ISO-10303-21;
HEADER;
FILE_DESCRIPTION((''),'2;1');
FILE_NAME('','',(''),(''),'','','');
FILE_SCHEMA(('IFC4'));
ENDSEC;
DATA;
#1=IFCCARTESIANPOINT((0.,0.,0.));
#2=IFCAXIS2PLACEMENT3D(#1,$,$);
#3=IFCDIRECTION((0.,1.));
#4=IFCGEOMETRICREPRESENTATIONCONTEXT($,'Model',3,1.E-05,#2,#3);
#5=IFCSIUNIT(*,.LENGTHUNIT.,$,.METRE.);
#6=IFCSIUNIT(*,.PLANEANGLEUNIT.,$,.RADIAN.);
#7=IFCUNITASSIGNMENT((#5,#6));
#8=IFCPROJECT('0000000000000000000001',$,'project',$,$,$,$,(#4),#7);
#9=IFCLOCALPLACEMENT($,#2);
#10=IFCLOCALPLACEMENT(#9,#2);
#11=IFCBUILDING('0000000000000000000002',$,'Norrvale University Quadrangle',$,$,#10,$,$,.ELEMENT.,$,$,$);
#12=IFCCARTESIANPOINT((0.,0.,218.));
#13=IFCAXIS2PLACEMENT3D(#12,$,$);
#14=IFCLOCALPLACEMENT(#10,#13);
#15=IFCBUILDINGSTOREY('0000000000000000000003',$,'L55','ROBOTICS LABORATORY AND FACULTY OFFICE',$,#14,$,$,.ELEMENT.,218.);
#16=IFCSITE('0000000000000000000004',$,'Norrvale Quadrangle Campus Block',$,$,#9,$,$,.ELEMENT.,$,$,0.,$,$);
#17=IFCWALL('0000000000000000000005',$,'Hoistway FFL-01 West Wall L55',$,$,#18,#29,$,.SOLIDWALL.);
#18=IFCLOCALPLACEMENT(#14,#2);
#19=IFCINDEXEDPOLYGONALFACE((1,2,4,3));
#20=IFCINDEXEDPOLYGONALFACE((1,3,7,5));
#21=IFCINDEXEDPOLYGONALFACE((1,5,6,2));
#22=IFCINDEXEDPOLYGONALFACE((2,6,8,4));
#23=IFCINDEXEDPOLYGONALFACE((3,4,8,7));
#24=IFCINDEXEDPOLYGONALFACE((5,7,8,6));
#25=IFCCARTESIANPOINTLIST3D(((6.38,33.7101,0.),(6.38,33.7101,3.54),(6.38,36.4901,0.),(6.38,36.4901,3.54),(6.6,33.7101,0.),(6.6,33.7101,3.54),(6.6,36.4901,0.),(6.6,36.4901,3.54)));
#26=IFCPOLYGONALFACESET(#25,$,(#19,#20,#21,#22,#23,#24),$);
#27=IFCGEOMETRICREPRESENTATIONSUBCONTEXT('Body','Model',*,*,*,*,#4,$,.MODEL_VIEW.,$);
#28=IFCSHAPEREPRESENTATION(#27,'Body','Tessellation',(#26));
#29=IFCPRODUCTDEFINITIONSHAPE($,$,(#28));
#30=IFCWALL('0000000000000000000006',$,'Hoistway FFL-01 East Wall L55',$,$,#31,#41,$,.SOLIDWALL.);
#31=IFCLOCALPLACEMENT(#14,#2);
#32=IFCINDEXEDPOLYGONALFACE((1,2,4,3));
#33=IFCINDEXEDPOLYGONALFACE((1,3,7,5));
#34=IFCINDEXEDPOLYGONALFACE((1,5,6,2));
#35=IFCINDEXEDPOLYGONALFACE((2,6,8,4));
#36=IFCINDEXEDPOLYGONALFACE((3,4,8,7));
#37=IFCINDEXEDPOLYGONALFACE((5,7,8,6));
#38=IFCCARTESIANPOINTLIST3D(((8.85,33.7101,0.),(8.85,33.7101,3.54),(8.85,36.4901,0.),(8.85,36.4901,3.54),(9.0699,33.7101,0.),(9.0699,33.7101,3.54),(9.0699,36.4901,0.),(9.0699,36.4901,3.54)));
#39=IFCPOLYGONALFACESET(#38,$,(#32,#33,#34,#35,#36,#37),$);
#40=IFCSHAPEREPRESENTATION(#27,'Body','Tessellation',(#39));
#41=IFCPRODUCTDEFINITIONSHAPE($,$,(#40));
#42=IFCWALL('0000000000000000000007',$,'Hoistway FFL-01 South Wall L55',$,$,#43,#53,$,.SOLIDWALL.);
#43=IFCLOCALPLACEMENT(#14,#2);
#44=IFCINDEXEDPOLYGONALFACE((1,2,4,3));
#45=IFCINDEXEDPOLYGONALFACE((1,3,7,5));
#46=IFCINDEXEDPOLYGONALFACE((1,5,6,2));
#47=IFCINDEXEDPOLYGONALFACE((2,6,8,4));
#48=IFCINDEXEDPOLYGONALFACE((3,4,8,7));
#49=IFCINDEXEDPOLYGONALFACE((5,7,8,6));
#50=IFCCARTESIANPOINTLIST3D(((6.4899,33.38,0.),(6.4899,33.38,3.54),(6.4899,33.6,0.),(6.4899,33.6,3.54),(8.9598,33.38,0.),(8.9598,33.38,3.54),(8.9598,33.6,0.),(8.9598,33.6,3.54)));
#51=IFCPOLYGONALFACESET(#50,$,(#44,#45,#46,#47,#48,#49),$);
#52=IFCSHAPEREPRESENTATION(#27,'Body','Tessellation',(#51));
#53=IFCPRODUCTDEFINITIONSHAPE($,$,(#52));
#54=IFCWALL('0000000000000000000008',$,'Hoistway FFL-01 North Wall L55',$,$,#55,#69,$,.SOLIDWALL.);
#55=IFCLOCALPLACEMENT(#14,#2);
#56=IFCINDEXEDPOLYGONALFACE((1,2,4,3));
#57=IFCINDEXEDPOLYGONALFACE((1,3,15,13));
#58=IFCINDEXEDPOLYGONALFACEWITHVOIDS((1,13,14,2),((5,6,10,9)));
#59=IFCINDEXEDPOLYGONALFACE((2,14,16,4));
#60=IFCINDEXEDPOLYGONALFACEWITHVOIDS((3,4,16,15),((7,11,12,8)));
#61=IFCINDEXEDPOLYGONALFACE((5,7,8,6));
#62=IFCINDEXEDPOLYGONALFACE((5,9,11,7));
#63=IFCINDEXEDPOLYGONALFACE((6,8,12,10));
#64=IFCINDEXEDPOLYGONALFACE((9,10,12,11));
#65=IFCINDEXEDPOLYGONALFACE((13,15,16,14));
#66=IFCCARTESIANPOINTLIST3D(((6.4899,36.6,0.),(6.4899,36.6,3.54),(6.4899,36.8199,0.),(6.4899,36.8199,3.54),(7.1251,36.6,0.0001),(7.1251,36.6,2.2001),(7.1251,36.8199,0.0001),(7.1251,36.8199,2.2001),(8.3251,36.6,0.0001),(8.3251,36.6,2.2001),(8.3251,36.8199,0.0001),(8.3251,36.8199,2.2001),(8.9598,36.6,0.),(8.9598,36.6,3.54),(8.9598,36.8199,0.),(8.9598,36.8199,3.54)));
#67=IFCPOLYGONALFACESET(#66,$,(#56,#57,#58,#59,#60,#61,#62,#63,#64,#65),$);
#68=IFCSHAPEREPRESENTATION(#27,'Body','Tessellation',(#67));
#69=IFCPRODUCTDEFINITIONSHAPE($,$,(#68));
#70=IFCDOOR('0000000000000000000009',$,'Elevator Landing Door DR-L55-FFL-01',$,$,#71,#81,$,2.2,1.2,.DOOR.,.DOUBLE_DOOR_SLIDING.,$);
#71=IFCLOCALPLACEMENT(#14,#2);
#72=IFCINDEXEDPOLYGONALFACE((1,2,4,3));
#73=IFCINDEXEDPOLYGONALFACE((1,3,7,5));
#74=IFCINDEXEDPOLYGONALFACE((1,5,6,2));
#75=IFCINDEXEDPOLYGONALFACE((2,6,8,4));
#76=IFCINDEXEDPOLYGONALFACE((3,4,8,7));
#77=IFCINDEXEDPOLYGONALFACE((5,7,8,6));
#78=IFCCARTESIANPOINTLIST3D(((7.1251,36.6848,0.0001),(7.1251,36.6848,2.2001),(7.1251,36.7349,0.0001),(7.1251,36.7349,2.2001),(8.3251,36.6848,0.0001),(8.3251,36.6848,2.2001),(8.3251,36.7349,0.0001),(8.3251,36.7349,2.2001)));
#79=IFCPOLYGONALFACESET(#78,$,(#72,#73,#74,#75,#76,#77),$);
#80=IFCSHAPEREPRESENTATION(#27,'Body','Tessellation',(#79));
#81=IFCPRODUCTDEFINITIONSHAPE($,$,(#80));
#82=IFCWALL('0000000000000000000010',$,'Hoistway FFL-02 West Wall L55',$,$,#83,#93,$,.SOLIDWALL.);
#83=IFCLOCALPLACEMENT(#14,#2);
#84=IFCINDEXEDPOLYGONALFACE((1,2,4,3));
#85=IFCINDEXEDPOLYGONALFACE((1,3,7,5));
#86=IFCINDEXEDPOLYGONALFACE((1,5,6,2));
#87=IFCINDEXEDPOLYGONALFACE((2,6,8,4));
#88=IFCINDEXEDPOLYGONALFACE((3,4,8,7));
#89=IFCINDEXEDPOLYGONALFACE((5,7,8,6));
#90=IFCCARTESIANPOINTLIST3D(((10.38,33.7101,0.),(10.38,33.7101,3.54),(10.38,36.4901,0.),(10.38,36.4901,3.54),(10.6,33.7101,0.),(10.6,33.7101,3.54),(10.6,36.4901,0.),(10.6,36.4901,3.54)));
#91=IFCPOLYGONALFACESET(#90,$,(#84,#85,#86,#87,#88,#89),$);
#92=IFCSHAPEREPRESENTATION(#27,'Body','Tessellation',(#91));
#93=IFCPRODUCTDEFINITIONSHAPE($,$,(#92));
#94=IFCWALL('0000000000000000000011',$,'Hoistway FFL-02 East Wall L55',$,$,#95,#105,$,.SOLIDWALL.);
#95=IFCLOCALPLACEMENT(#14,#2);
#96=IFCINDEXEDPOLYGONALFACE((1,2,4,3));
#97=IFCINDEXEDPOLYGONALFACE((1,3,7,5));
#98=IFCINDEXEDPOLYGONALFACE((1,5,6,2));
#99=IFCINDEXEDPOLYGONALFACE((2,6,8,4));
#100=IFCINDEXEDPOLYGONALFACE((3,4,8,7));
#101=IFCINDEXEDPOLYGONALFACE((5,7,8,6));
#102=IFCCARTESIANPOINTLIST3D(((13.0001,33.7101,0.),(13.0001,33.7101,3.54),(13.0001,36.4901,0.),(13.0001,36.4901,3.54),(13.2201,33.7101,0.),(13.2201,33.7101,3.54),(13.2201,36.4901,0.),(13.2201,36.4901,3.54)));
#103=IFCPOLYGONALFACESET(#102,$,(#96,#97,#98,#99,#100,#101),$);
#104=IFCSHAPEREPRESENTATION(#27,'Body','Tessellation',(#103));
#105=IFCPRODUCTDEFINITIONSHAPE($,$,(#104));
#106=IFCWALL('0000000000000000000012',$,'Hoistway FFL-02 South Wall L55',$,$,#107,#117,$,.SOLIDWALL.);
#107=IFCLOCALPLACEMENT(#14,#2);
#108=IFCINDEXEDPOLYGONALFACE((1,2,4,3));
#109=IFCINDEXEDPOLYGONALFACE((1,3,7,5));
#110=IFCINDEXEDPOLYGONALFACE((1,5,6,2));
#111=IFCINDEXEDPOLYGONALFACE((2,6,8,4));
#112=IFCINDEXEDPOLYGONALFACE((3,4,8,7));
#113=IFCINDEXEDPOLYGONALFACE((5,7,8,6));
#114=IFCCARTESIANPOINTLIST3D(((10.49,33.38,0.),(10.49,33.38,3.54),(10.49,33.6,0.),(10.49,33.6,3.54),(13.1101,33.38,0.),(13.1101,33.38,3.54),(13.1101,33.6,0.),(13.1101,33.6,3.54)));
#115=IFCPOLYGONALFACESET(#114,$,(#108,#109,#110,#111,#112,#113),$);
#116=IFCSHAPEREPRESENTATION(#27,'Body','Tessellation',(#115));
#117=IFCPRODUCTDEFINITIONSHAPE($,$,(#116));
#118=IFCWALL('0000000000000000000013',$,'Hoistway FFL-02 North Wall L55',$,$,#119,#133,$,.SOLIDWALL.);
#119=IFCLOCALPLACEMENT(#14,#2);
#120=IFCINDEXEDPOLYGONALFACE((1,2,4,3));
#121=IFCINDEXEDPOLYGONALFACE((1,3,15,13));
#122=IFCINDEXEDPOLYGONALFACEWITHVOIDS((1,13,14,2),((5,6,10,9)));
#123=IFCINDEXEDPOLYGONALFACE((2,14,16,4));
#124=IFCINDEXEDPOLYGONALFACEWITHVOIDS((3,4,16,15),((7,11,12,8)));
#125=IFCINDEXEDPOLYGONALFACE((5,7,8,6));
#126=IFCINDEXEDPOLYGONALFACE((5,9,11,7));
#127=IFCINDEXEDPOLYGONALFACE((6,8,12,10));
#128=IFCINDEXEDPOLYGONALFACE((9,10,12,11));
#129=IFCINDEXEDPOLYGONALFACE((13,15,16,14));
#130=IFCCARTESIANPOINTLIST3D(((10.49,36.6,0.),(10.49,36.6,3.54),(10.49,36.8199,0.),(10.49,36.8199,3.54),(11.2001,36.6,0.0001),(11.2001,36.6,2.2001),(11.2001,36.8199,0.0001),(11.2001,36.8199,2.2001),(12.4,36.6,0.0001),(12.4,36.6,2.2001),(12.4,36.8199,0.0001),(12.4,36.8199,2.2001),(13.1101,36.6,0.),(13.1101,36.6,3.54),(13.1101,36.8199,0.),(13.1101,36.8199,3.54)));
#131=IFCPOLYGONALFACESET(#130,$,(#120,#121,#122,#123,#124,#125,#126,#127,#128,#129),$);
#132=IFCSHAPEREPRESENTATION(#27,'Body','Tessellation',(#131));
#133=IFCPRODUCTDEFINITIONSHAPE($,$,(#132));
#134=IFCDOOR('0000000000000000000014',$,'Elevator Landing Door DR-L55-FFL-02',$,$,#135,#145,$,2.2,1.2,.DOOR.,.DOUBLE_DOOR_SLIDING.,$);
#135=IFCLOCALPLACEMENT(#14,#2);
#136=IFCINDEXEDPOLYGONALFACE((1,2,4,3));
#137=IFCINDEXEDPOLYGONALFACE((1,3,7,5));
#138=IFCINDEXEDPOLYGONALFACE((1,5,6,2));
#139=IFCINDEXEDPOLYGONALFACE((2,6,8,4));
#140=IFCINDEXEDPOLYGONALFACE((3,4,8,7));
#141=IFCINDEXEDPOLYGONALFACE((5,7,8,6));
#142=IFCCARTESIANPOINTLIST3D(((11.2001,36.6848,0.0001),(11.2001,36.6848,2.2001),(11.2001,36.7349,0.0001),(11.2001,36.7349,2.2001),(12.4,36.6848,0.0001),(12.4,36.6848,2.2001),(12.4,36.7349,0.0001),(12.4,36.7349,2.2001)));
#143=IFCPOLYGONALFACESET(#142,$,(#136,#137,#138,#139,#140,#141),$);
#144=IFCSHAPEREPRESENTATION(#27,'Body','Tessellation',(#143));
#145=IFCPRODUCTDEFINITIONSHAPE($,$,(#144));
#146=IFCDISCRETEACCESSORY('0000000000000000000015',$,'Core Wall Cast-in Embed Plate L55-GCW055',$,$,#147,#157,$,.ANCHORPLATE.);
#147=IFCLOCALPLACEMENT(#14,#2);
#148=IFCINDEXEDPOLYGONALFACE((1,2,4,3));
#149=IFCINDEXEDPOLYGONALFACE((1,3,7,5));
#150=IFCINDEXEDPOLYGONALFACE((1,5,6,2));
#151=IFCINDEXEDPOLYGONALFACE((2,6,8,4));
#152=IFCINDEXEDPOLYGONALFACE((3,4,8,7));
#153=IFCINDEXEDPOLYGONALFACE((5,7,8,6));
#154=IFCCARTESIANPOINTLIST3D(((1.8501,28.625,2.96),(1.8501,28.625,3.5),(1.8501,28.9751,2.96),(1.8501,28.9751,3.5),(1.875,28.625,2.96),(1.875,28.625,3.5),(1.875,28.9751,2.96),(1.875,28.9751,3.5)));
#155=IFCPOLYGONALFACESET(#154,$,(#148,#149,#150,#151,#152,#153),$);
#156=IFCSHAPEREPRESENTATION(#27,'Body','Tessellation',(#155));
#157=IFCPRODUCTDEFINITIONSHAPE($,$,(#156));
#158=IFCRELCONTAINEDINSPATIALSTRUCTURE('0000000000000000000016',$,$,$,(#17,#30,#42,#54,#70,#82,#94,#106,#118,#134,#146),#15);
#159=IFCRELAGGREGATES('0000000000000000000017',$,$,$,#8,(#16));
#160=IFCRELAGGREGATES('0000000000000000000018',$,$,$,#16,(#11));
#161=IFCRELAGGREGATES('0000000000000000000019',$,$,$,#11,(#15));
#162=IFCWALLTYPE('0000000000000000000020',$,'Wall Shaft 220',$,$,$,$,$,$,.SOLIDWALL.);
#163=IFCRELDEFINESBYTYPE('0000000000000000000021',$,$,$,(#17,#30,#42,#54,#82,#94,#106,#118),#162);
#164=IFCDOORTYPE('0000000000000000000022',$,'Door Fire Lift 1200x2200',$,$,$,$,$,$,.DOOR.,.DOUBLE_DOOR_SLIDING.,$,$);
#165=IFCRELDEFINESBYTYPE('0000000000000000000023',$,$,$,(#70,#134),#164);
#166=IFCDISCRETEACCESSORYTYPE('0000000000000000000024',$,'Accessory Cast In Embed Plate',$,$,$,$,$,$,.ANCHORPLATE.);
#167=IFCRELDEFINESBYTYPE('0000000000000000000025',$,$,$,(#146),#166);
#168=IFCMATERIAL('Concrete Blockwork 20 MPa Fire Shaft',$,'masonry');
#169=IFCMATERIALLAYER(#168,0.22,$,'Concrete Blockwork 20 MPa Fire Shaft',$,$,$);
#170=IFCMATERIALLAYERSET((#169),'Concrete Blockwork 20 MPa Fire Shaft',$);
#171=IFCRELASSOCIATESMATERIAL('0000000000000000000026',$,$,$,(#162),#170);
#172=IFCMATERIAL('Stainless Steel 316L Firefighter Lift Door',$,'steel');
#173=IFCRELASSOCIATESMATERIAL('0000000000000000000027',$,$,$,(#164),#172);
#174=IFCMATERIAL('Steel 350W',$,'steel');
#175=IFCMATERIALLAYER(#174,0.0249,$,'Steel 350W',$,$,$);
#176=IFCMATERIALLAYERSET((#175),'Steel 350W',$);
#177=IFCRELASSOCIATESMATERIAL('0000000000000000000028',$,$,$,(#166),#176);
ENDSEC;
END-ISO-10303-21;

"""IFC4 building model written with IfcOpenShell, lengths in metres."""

from ifc_helpers import new_model, si_unit, direction, frame, frame_2d, origin, origin_2d, place, context, subcontext, project, spatial, rectangle, extrude, material, layer, layer_set, type_object, element, fill, save


model = new_model("IFC4")

# Units and contexts
model_context = context("Model", 3, precision=1e-05, world=origin(), true_north=direction((0.0, 1.0)))
body_context = subcontext(model_context, "Body", "Model", "MODEL_VIEW")
ifc_project = project(units=[si_unit("LENGTHUNIT", "METRE"), si_unit("PLANEANGLEUNIT", "RADIAN")], contexts=[model_context])

# Site, building, storey
site_placement = place(None, origin())
site = spatial("IfcSite", under=ifc_project, at=site_placement, Name="Norrvale Quadrangle Campus Block", CompositionType="ELEMENT", RefElevation=0.0)
building_placement = place(site_placement, origin())
building = spatial("IfcBuilding", under=site, at=building_placement, Name="Norrvale University Quadrangle", CompositionType="ELEMENT")
storey_placement = place(building_placement, frame((0.0, 0.0, 218.0)))
storey = spatial("IfcBuildingStorey", under=building, at=storey_placement, Name="L55", Description="ROBOTICS LABORATORY AND FACULTY OFFICE", CompositionType="ELEMENT", Elevation=218.0)

# Shared definitions
ifc_material_1 = material(Name="Steel 350W", Category="steel")

# Walls
ifc_material_2 = material(Name="Concrete Blockwork 20 MPa Fire Shaft", Category="masonry")
ifc_layer_1 = layer(ifc_material_2, 0.22, Name="Concrete Blockwork 20 MPa Fire Shaft")
ifc_layer_set_1 = layer_set([ifc_layer_1], Name="Concrete Blockwork 20 MPa Fire Shaft")
wall_type_1 = type_object("IfcWallType", Name="Wall Shaft 220", PredefinedType="SOLIDWALL", material=ifc_layer_set_1)
for number, where, z_axis, x_axis, name in (
    (1, (6.49, 33.71, 0.0), (0.0, 0.0, 1.0), (0.0, 1.0, 0.0), "Hoistway FFL-01 West Wall L55"),
    (2, (8.96, 33.71, 0.0), (0.0, 0.0, 1.0), (0.0, 1.0, 0.0), "Hoistway FFL-01 East Wall L55"),
):
    element("IfcWall", number, at=place(storey_placement, frame(where, z_axis=z_axis, x_axis=x_axis)), inside=storey, type_object=wall_type_1, Name=name, PredefinedType="SOLIDWALL", context=body_context, shape_type="SweptSolid", body=[
        extrude(rectangle(XDim=2.78, YDim=0.22, at=frame_2d((1.3901, 0.0))), origin(), (0.0, 0.0, 1.0), 3.54),
    ])
wall_1_placement = place(storey_placement, frame((6.49, 33.49, 0.0), z_axis=(0.0, 0.0, 1.0), x_axis=(1.0, 0.0, 0.0)))
element("IfcWall", 3, at=wall_1_placement, inside=storey, type_object=wall_type_1, Name="Hoistway FFL-01 South Wall L55", PredefinedType="SOLIDWALL", context=body_context, shape_type="SweptSolid", body=[
    extrude(rectangle(XDim=2.47, YDim=0.22, at=frame_2d((1.2349, 0.0))), origin(), (0.0, 0.0, 1.0), 3.54),
])

# Wall, opening, door
wall_2_placement = place(storey_placement, frame((6.49, 36.71, 0.0), z_axis=(0.0, 0.0, 1.0), x_axis=(1.0, 0.0, 0.0)))
wall_2 = element("IfcWall", 4, at=wall_2_placement, inside=storey, type_object=wall_type_1, Name="Hoistway FFL-01 North Wall L55", PredefinedType="SOLIDWALL", context=body_context, shape_type="SweptSolid", body=[
    extrude(rectangle(XDim=2.47, YDim=0.22, at=frame_2d((1.2349, 0.0))), origin(), (0.0, 0.0, 1.0), 3.54),
])
opening_1_placement = place(wall_2_placement, frame((0.635, 0.0, 0.0)))
opening_1 = element("IfcOpeningElement", 5, at=opening_1_placement, cuts=wall_2, PredefinedType="OPENING", context=body_context, shape_type="SweptSolid", body=[
    extrude(rectangle(XDim=1.2, YDim=2.2, at=frame_2d((0.6001, 1.1001))), frame((0.0, 0.1221, 0.0), z_axis=(0.0, -1.0, 0.0), x_axis=(1.0, 0.0, 0.0)), (0.0, 0.0, 1.0), 0.2439),
])
ifc_material_3 = material(Name="Stainless Steel 316L Firefighter Lift Door", Category="steel")
door_type_1 = type_object("IfcDoorType", Name="Door Fire Lift 1200x2200", OperationType="DOUBLE_DOOR_SLIDING", PredefinedType="DOOR", material=ifc_material_3)
door_1_placement = place(opening_1_placement, origin())
door_1 = element("IfcDoor", 6, at=door_1_placement, inside=storey, type_object=door_type_1, Name="Elevator Landing Door DR-L55-FFL-01", OperationType="DOUBLE_DOOR_SLIDING", OverallHeight=2.2, OverallWidth=1.2, PredefinedType="DOOR", context=body_context, shape_type="SweptSolid", body=[
    extrude(rectangle(XDim=1.2, YDim=2.2, at=frame_2d((0.6001, 1.1001))), frame((0.0, 0.0249, 0.0), z_axis=(0.0, -1.0, 0.0), x_axis=(1.0, 0.0, 0.0)), (0.0, 0.0, 1.0), 0.05),
])
fill(opening_1, door_1)

# Walls
for number, where, z_axis, x_axis, name in (
    (7, (10.49, 33.71, 0.0), (0.0, 0.0, 1.0), (0.0, 1.0, 0.0), "Hoistway FFL-02 West Wall L55"),
    (8, (13.1101, 33.71, 0.0), (0.0, 0.0, 1.0), (0.0, 1.0, 0.0), "Hoistway FFL-02 East Wall L55"),
):
    element("IfcWall", number, at=place(storey_placement, frame(where, z_axis=z_axis, x_axis=x_axis)), inside=storey, type_object=wall_type_1, Name=name, PredefinedType="SOLIDWALL", context=body_context, shape_type="SweptSolid", body=[
        extrude(rectangle(XDim=2.78, YDim=0.22, at=frame_2d((1.3901, 0.0))), origin(), (0.0, 0.0, 1.0), 3.54),
    ])
wall_3_placement = place(storey_placement, frame((10.49, 33.49, 0.0), z_axis=(0.0, 0.0, 1.0), x_axis=(1.0, 0.0, 0.0)))
element("IfcWall", 9, at=wall_3_placement, inside=storey, type_object=wall_type_1, Name="Hoistway FFL-02 South Wall L55", PredefinedType="SOLIDWALL", context=body_context, shape_type="SweptSolid", body=[
    extrude(rectangle(XDim=2.6201, YDim=0.22, at=frame_2d((1.3101, 0.0))), origin(), (0.0, 0.0, 1.0), 3.54),
])

# Wall, opening, door
wall_4_placement = place(storey_placement, frame((10.49, 36.71, 0.0), z_axis=(0.0, 0.0, 1.0), x_axis=(1.0, 0.0, 0.0)))
wall_4 = element("IfcWall", 10, at=wall_4_placement, inside=storey, type_object=wall_type_1, Name="Hoistway FFL-02 North Wall L55", PredefinedType="SOLIDWALL", context=body_context, shape_type="SweptSolid", body=[
    extrude(rectangle(XDim=2.6201, YDim=0.22, at=frame_2d((1.3101, 0.0))), origin(), (0.0, 0.0, 1.0), 3.54),
])
opening_2_placement = place(wall_4_placement, frame((0.71, 0.0, 0.0)))
opening_2 = element("IfcOpeningElement", 11, at=opening_2_placement, cuts=wall_4, PredefinedType="OPENING", context=body_context, shape_type="SweptSolid", body=[
    extrude(rectangle(XDim=1.2, YDim=2.2, at=frame_2d((0.6001, 1.1001))), frame((0.0, 0.1221, 0.0), z_axis=(0.0, -1.0, 0.0), x_axis=(1.0, 0.0, 0.0)), (0.0, 0.0, 1.0), 0.2439),
])
door_2_placement = place(opening_2_placement, origin())
door_2 = element("IfcDoor", 12, at=door_2_placement, inside=storey, type_object=door_type_1, Name="Elevator Landing Door DR-L55-FFL-02", OperationType="DOUBLE_DOOR_SLIDING", OverallHeight=2.2, OverallWidth=1.2, PredefinedType="DOOR", context=body_context, shape_type="SweptSolid", body=[
    extrude(rectangle(XDim=1.2, YDim=2.2, at=frame_2d((0.6001, 1.1001))), frame((0.0, 0.0249, 0.0), z_axis=(0.0, -1.0, 0.0), x_axis=(1.0, 0.0, 0.0)), (0.0, 0.0, 1.0), 0.05),
])
fill(opening_2, door_2)

# Discrete accessory
ifc_layer_2 = layer(ifc_material_1, 0.0249, Name="Steel 350W")
ifc_layer_set_2 = layer_set([ifc_layer_2], Name="Steel 350W")
discrete_accessory_type = type_object("IfcDiscreteAccessoryType", Name="Accessory Cast In Embed Plate", PredefinedType="ANCHORPLATE", material=ifc_layer_set_2)
discrete_accessory_placement = place(storey_placement, frame((1.8625, 28.8, 2.96), z_axis=(0.0, 0.0, 1.0), x_axis=(1.0, 0.0, 0.0)))
element("IfcDiscreteAccessory", 13, at=discrete_accessory_placement, inside=storey, type_object=discrete_accessory_type, Name="Core Wall Cast-in Embed Plate L55-GCW055", PredefinedType="ANCHORPLATE", context=body_context, shape_type="SweptSolid", body=[
    extrude(rectangle(XDim=0.0249, YDim=0.3501, at=origin_2d()), origin(), (0.0, 0.0, 1.0), 0.54),
])

save(model, "model.ifc")
